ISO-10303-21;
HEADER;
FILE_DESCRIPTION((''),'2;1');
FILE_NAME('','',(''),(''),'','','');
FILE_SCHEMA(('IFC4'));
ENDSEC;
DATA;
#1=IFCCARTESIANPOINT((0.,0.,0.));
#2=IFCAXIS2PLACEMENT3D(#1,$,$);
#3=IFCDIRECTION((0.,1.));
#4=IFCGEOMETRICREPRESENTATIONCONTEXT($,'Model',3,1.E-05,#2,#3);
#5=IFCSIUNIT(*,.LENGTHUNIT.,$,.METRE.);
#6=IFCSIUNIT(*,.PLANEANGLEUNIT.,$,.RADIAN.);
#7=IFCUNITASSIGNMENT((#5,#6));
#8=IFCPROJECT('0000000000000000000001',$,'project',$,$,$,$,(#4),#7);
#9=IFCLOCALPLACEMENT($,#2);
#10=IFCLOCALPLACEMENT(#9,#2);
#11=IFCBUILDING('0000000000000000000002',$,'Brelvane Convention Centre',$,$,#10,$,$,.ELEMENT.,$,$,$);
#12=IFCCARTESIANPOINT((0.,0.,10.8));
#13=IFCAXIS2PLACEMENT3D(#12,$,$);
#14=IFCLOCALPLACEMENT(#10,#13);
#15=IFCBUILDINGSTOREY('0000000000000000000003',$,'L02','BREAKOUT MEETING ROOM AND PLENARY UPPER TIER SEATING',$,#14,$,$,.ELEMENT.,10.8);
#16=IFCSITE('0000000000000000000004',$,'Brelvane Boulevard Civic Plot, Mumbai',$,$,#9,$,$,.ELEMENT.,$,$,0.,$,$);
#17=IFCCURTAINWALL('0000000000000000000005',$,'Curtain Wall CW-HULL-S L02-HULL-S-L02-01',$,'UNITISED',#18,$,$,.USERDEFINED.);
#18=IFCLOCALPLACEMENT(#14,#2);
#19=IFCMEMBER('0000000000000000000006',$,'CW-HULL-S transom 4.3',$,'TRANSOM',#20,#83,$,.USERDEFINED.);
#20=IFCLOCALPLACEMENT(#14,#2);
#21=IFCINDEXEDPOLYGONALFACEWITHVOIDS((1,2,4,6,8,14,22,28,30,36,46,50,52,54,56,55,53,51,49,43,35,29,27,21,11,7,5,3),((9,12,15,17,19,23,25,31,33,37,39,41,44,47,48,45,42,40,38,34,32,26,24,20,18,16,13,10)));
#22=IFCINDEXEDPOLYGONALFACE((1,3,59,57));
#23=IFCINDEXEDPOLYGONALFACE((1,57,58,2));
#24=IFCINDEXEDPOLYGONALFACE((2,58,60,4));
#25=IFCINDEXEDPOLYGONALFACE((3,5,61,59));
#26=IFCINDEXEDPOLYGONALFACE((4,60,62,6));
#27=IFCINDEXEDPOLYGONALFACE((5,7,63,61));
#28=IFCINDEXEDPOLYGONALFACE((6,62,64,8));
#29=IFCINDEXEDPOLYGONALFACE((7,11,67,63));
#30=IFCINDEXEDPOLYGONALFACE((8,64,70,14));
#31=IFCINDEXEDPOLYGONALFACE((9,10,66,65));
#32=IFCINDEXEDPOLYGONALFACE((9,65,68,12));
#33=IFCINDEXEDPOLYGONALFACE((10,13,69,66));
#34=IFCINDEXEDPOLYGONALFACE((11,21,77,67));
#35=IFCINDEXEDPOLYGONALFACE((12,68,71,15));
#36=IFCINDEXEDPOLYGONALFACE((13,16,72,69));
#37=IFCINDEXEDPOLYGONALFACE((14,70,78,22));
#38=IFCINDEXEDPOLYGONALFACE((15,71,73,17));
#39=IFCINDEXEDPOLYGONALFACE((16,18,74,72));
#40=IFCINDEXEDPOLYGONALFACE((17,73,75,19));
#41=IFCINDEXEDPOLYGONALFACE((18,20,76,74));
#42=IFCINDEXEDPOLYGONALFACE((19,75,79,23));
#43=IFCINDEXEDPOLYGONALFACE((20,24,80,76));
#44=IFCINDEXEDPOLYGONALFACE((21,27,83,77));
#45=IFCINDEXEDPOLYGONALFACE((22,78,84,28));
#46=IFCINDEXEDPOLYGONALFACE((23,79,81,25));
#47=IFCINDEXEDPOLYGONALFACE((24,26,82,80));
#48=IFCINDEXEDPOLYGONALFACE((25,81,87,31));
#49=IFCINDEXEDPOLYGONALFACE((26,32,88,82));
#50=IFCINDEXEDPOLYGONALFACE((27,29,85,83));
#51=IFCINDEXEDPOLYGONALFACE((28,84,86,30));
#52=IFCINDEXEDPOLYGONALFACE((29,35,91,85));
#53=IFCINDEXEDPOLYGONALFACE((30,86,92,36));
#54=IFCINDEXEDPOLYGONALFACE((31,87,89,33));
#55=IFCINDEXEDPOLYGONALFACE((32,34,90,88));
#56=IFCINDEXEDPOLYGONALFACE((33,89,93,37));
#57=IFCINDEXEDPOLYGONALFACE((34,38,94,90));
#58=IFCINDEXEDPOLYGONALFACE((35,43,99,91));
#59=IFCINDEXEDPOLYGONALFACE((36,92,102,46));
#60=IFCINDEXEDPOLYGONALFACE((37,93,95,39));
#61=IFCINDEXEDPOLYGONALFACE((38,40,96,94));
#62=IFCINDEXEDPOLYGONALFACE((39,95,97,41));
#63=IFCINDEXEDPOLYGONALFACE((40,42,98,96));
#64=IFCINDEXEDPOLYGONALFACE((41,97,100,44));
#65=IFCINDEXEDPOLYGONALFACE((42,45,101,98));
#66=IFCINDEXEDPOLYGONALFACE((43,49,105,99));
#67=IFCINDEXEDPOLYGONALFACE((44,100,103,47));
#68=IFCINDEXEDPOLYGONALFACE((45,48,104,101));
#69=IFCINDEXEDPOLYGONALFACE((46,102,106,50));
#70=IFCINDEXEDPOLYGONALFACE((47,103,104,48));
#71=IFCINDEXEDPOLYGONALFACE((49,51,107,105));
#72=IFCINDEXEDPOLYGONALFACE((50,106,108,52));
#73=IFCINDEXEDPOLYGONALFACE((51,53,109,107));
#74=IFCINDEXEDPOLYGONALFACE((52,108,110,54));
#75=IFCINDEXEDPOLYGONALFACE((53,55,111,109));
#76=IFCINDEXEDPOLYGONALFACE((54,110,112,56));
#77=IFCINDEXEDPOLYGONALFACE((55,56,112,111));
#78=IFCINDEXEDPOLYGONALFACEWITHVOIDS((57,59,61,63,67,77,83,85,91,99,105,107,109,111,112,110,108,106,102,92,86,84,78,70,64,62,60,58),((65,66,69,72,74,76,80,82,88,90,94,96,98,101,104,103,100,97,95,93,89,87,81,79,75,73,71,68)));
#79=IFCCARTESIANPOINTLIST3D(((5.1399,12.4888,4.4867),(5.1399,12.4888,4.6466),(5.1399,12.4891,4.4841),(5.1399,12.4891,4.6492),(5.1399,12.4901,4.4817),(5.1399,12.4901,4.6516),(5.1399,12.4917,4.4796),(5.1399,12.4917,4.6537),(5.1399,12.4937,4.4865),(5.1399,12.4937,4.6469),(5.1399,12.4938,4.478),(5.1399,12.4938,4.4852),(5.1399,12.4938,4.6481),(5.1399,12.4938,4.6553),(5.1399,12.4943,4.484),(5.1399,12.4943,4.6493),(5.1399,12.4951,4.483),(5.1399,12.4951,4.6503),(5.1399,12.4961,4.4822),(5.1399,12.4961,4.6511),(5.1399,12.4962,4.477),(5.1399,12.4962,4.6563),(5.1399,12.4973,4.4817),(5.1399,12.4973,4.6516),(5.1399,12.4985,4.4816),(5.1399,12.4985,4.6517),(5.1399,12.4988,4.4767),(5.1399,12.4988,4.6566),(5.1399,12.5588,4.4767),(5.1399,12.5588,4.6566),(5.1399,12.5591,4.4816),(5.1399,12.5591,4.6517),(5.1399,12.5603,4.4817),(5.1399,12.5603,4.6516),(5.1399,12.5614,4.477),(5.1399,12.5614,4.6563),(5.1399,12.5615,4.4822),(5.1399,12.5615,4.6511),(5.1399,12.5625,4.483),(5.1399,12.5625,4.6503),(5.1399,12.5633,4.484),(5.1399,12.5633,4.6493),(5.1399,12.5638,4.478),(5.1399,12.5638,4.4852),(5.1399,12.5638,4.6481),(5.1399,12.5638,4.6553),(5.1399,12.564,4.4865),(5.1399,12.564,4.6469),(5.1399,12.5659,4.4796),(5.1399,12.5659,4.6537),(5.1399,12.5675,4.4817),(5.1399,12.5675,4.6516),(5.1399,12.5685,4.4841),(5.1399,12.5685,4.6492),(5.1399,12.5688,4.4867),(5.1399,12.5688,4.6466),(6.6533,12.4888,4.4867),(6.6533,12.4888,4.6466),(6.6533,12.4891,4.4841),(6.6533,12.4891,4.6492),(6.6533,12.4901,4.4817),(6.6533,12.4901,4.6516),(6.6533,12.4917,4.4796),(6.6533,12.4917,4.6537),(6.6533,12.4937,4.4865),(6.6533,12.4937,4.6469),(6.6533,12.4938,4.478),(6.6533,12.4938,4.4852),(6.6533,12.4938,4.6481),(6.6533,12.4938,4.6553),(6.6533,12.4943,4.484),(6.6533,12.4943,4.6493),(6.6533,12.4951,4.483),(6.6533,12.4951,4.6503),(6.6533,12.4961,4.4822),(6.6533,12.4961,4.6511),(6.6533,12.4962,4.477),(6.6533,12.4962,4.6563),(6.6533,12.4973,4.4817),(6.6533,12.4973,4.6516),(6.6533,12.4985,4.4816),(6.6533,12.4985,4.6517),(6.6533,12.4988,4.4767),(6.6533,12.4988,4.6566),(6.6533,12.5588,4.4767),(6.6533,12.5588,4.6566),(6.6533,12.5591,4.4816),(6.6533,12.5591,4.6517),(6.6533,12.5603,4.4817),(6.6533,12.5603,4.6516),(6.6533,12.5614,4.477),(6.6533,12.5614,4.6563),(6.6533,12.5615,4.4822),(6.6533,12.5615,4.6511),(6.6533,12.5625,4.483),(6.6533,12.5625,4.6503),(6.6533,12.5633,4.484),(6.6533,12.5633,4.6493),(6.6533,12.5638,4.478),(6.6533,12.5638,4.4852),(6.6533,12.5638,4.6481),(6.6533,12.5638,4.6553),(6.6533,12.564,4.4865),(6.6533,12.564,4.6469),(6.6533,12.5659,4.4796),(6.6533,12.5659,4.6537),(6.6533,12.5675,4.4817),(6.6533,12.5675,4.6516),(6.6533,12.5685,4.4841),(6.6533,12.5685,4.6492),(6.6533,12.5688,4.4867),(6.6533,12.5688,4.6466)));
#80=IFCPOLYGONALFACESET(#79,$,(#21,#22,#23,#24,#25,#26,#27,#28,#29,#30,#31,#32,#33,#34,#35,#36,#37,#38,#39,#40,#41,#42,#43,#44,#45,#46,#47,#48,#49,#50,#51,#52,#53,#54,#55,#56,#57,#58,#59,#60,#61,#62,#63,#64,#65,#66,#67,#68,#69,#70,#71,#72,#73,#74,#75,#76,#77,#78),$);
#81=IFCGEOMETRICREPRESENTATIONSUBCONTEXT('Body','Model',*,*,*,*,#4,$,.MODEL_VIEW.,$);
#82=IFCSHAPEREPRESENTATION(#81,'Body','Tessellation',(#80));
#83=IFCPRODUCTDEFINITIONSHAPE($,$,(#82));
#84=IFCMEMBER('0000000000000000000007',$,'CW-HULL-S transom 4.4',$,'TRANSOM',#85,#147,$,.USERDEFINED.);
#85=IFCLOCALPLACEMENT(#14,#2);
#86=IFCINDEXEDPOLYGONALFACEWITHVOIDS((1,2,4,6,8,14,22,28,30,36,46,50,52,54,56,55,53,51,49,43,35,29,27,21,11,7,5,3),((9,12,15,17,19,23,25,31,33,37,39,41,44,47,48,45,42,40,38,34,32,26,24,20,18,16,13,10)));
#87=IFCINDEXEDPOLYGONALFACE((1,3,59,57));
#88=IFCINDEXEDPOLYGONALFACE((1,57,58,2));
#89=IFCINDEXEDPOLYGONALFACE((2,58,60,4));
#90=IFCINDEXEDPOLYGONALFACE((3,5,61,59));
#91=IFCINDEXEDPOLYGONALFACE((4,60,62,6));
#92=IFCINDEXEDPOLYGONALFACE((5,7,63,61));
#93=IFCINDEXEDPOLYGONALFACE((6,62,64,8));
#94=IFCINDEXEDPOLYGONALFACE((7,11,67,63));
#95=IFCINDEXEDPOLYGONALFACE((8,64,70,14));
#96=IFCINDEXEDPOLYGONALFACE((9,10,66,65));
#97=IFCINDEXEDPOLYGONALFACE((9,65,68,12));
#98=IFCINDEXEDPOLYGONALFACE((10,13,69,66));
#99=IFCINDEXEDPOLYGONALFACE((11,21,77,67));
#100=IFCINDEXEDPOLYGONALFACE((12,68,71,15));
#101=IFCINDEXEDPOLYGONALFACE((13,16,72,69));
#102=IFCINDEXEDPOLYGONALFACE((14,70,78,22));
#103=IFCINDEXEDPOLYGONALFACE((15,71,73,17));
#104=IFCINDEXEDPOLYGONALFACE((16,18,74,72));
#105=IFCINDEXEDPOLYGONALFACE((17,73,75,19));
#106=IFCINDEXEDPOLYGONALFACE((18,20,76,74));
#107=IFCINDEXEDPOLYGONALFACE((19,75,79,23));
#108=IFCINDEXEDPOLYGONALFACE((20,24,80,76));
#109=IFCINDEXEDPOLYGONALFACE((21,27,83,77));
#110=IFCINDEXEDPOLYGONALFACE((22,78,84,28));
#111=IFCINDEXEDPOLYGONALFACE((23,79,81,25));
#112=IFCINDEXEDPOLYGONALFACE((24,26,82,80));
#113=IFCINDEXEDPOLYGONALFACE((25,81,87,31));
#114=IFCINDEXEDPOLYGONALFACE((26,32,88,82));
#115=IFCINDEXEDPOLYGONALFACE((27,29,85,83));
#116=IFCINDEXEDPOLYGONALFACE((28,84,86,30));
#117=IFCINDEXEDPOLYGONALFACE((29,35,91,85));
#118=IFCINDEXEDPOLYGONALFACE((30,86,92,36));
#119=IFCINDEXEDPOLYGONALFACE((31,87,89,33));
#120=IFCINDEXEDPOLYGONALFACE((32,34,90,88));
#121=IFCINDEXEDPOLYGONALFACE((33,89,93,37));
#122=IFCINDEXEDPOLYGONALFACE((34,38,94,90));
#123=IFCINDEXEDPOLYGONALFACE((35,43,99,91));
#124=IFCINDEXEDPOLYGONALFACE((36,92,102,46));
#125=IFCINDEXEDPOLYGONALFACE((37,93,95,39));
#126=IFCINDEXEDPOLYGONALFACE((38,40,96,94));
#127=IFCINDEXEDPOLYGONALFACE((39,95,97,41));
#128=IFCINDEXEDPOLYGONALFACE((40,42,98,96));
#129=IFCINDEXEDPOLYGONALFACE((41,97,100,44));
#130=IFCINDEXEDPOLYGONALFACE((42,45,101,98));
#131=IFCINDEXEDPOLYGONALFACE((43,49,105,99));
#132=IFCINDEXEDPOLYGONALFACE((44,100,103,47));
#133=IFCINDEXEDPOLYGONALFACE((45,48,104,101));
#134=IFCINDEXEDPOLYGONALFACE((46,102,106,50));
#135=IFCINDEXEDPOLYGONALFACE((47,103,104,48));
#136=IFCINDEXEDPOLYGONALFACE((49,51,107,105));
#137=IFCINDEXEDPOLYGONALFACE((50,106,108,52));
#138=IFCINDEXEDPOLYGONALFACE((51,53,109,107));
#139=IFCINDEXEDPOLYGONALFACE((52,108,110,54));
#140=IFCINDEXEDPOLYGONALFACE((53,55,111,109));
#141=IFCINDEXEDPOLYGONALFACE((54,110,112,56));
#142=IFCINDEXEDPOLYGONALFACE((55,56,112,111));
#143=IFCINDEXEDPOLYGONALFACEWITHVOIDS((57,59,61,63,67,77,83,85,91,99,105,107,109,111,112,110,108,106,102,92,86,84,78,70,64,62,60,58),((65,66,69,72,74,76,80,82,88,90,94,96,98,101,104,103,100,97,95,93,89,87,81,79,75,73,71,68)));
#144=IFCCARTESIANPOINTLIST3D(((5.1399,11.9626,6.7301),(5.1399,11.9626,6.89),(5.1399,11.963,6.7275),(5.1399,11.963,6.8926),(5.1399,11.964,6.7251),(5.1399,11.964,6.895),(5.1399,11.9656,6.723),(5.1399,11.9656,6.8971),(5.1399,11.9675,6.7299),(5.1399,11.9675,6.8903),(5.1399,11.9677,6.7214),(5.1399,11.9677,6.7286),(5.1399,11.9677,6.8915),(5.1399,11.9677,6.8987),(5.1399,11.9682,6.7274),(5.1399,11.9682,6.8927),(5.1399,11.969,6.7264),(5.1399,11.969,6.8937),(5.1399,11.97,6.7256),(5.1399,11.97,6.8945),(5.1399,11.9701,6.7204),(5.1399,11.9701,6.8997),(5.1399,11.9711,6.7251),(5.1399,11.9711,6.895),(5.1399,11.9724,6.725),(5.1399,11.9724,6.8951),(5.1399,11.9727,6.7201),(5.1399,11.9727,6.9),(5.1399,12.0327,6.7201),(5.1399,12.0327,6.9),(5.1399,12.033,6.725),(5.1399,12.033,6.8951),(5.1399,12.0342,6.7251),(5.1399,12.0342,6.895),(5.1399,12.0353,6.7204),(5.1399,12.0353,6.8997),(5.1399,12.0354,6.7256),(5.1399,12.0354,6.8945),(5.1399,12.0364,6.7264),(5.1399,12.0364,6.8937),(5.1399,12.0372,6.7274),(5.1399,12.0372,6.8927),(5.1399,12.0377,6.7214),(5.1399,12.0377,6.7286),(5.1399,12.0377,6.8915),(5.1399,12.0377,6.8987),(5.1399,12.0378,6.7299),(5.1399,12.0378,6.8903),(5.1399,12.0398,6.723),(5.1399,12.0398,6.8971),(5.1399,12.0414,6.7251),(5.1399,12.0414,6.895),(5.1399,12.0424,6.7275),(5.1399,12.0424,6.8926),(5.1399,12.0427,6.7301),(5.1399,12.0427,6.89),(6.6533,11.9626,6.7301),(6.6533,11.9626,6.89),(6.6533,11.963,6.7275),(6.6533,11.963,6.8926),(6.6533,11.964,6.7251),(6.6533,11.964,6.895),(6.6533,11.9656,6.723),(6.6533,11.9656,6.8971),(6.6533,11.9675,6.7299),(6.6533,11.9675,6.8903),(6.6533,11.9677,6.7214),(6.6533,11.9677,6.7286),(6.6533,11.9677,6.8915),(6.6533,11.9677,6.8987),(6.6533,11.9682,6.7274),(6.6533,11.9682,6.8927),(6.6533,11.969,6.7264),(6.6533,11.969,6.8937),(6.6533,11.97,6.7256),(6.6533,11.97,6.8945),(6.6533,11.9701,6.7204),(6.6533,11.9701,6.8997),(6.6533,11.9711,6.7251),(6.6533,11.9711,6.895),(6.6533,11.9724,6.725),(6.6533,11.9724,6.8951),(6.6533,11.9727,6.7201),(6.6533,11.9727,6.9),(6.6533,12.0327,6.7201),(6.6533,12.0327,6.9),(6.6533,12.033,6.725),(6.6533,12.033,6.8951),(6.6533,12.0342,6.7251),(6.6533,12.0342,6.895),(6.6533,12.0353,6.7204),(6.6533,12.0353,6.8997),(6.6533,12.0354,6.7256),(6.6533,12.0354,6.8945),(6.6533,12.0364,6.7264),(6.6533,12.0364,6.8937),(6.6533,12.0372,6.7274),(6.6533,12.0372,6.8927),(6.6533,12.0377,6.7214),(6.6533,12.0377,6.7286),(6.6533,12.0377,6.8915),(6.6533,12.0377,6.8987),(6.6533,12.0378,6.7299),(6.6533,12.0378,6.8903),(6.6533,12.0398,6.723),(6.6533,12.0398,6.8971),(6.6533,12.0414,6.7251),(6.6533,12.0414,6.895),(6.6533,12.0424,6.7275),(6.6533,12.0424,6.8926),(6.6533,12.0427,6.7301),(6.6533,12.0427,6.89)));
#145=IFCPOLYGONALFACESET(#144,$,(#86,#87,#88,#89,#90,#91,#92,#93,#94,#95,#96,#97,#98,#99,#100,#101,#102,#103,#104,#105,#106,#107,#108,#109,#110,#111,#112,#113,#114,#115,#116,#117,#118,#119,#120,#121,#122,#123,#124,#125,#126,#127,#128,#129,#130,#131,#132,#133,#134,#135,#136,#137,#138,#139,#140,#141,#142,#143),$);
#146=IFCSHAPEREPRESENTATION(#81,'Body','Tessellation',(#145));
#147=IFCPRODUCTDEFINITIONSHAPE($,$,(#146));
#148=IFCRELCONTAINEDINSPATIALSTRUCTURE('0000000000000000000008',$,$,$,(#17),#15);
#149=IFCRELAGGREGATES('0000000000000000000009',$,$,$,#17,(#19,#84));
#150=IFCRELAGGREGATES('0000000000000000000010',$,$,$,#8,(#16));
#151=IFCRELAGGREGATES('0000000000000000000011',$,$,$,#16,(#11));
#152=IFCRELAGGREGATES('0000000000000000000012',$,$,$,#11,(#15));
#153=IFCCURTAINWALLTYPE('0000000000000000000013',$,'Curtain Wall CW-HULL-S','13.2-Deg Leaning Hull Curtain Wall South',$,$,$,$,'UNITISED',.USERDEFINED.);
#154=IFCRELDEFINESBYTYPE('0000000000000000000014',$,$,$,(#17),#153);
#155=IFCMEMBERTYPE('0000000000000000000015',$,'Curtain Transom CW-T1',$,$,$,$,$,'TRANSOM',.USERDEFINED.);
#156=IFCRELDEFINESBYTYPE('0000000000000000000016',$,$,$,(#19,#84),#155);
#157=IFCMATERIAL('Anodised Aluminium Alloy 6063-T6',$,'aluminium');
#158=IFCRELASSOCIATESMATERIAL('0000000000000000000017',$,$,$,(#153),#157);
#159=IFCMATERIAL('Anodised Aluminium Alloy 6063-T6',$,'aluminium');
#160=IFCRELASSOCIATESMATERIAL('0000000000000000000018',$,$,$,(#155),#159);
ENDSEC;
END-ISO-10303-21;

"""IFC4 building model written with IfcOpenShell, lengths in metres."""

from ifc_helpers import new_model, si_unit, direction, frame, origin, origin_2d, place, context, subcontext, project, spatial, hollow_rectangle, extrude, material, material_profile, profile_set, type_object, element, aggregate, save


model = new_model("IFC4")

# Units and contexts
model_context = context("Model", 3, precision=1e-05, world=origin(), true_north=direction((0.0, 1.0)))
body_context = subcontext(model_context, "Body", "Model", "MODEL_VIEW")
ifc_project = project(units=[si_unit("LENGTHUNIT", "METRE"), si_unit("PLANEANGLEUNIT", "RADIAN")], contexts=[model_context])

# Site, building, storey
site_placement = place(None, origin())
site = spatial("IfcSite", under=ifc_project, at=site_placement, Name="Brelvane Boulevard Civic Plot, Mumbai", CompositionType="ELEMENT", RefElevation=0.0)
building_placement = place(site_placement, origin())
building = spatial("IfcBuilding", under=site, at=building_placement, Name="Brelvane Convention Centre", CompositionType="ELEMENT")
storey_placement = place(building_placement, frame((0.0, 0.0, 10.8)))
storey = spatial("IfcBuildingStorey", under=building, at=storey_placement, Name="L02", Description="BREAKOUT MEETING ROOM AND PLENARY UPPER TIER SEATING", CompositionType="ELEMENT", Elevation=10.8)

# Curtain wall, members
ifc_material_1 = material(Name="Anodised Aluminium Alloy 6063-T6", Category="aluminium")
curtain_wall_type = type_object("IfcCurtainWallType", Name="Curtain Wall CW-HULL-S", Description="13.2-Deg Leaning Hull Curtain Wall South", ElementType="UNITISED", PredefinedType="USERDEFINED", material=ifc_material_1)
curtain_wall_placement = place(storey_placement, origin())
curtain_wall = element("IfcCurtainWall", 1, at=curtain_wall_placement, inside=storey, type_object=curtain_wall_type, Name="Curtain Wall CW-HULL-S L02-HULL-S-L02-01", ObjectType="UNITISED", PredefinedType="USERDEFINED")
ifc_material_2 = material(Name="Anodised Aluminium Alloy 6063-T6", Category="aluminium")
ifc_material_profile = material_profile(ifc_material_2, hollow_rectangle(XDim=0.0801, YDim=0.1799, WallThickness=0.0049, InnerFilletRadius=0.0049, OuterFilletRadius=0.01, at=origin_2d()), Name="ALU-T 180x80x5.0")
ifc_profile_set = profile_set([ifc_material_profile], Name="Anodised Aluminium Alloy 6063-T6")
member_type = type_object("IfcMemberType", Name="Curtain Transom CW-T1", ElementType="TRANSOM", PredefinedType="USERDEFINED", material=ifc_profile_set)
member_1_placement = place(storey_placement, frame((5.1399, 12.5288, 4.5667), z_axis=(1.0, 0.0, 0.0), x_axis=(0.0, 1.0, 0.0)))
member_1 = element("IfcMember", 2, at=member_1_placement, type_object=member_type, Name="CW-HULL-S transom 4.3", ObjectType="TRANSOM", PredefinedType="USERDEFINED", context=body_context, shape_type="SweptSolid", body=[
    extrude(hollow_rectangle(XDim=0.0801, YDim=0.1799, WallThickness=0.0049, InnerFilletRadius=0.0049, OuterFilletRadius=0.01, at=origin_2d()), origin(), (0.0, 0.0, 1.0), 1.5134),
])
member_2_placement = place(storey_placement, frame((5.1399, 12.0027, 6.8101), z_axis=(1.0, 0.0, 0.0), x_axis=(0.0, 1.0, 0.0)))
member_2 = element("IfcMember", 3, at=member_2_placement, type_object=member_type, Name="CW-HULL-S transom 4.4", ObjectType="TRANSOM", PredefinedType="USERDEFINED", context=body_context, shape_type="SweptSolid", body=[
    extrude(hollow_rectangle(XDim=0.0801, YDim=0.1799, WallThickness=0.0049, InnerFilletRadius=0.0049, OuterFilletRadius=0.01, at=origin_2d()), origin(), (0.0, 0.0, 1.0), 1.5134),
])
aggregate(curtain_wall, [member_1, member_2])

save(model, "model.ifc")
